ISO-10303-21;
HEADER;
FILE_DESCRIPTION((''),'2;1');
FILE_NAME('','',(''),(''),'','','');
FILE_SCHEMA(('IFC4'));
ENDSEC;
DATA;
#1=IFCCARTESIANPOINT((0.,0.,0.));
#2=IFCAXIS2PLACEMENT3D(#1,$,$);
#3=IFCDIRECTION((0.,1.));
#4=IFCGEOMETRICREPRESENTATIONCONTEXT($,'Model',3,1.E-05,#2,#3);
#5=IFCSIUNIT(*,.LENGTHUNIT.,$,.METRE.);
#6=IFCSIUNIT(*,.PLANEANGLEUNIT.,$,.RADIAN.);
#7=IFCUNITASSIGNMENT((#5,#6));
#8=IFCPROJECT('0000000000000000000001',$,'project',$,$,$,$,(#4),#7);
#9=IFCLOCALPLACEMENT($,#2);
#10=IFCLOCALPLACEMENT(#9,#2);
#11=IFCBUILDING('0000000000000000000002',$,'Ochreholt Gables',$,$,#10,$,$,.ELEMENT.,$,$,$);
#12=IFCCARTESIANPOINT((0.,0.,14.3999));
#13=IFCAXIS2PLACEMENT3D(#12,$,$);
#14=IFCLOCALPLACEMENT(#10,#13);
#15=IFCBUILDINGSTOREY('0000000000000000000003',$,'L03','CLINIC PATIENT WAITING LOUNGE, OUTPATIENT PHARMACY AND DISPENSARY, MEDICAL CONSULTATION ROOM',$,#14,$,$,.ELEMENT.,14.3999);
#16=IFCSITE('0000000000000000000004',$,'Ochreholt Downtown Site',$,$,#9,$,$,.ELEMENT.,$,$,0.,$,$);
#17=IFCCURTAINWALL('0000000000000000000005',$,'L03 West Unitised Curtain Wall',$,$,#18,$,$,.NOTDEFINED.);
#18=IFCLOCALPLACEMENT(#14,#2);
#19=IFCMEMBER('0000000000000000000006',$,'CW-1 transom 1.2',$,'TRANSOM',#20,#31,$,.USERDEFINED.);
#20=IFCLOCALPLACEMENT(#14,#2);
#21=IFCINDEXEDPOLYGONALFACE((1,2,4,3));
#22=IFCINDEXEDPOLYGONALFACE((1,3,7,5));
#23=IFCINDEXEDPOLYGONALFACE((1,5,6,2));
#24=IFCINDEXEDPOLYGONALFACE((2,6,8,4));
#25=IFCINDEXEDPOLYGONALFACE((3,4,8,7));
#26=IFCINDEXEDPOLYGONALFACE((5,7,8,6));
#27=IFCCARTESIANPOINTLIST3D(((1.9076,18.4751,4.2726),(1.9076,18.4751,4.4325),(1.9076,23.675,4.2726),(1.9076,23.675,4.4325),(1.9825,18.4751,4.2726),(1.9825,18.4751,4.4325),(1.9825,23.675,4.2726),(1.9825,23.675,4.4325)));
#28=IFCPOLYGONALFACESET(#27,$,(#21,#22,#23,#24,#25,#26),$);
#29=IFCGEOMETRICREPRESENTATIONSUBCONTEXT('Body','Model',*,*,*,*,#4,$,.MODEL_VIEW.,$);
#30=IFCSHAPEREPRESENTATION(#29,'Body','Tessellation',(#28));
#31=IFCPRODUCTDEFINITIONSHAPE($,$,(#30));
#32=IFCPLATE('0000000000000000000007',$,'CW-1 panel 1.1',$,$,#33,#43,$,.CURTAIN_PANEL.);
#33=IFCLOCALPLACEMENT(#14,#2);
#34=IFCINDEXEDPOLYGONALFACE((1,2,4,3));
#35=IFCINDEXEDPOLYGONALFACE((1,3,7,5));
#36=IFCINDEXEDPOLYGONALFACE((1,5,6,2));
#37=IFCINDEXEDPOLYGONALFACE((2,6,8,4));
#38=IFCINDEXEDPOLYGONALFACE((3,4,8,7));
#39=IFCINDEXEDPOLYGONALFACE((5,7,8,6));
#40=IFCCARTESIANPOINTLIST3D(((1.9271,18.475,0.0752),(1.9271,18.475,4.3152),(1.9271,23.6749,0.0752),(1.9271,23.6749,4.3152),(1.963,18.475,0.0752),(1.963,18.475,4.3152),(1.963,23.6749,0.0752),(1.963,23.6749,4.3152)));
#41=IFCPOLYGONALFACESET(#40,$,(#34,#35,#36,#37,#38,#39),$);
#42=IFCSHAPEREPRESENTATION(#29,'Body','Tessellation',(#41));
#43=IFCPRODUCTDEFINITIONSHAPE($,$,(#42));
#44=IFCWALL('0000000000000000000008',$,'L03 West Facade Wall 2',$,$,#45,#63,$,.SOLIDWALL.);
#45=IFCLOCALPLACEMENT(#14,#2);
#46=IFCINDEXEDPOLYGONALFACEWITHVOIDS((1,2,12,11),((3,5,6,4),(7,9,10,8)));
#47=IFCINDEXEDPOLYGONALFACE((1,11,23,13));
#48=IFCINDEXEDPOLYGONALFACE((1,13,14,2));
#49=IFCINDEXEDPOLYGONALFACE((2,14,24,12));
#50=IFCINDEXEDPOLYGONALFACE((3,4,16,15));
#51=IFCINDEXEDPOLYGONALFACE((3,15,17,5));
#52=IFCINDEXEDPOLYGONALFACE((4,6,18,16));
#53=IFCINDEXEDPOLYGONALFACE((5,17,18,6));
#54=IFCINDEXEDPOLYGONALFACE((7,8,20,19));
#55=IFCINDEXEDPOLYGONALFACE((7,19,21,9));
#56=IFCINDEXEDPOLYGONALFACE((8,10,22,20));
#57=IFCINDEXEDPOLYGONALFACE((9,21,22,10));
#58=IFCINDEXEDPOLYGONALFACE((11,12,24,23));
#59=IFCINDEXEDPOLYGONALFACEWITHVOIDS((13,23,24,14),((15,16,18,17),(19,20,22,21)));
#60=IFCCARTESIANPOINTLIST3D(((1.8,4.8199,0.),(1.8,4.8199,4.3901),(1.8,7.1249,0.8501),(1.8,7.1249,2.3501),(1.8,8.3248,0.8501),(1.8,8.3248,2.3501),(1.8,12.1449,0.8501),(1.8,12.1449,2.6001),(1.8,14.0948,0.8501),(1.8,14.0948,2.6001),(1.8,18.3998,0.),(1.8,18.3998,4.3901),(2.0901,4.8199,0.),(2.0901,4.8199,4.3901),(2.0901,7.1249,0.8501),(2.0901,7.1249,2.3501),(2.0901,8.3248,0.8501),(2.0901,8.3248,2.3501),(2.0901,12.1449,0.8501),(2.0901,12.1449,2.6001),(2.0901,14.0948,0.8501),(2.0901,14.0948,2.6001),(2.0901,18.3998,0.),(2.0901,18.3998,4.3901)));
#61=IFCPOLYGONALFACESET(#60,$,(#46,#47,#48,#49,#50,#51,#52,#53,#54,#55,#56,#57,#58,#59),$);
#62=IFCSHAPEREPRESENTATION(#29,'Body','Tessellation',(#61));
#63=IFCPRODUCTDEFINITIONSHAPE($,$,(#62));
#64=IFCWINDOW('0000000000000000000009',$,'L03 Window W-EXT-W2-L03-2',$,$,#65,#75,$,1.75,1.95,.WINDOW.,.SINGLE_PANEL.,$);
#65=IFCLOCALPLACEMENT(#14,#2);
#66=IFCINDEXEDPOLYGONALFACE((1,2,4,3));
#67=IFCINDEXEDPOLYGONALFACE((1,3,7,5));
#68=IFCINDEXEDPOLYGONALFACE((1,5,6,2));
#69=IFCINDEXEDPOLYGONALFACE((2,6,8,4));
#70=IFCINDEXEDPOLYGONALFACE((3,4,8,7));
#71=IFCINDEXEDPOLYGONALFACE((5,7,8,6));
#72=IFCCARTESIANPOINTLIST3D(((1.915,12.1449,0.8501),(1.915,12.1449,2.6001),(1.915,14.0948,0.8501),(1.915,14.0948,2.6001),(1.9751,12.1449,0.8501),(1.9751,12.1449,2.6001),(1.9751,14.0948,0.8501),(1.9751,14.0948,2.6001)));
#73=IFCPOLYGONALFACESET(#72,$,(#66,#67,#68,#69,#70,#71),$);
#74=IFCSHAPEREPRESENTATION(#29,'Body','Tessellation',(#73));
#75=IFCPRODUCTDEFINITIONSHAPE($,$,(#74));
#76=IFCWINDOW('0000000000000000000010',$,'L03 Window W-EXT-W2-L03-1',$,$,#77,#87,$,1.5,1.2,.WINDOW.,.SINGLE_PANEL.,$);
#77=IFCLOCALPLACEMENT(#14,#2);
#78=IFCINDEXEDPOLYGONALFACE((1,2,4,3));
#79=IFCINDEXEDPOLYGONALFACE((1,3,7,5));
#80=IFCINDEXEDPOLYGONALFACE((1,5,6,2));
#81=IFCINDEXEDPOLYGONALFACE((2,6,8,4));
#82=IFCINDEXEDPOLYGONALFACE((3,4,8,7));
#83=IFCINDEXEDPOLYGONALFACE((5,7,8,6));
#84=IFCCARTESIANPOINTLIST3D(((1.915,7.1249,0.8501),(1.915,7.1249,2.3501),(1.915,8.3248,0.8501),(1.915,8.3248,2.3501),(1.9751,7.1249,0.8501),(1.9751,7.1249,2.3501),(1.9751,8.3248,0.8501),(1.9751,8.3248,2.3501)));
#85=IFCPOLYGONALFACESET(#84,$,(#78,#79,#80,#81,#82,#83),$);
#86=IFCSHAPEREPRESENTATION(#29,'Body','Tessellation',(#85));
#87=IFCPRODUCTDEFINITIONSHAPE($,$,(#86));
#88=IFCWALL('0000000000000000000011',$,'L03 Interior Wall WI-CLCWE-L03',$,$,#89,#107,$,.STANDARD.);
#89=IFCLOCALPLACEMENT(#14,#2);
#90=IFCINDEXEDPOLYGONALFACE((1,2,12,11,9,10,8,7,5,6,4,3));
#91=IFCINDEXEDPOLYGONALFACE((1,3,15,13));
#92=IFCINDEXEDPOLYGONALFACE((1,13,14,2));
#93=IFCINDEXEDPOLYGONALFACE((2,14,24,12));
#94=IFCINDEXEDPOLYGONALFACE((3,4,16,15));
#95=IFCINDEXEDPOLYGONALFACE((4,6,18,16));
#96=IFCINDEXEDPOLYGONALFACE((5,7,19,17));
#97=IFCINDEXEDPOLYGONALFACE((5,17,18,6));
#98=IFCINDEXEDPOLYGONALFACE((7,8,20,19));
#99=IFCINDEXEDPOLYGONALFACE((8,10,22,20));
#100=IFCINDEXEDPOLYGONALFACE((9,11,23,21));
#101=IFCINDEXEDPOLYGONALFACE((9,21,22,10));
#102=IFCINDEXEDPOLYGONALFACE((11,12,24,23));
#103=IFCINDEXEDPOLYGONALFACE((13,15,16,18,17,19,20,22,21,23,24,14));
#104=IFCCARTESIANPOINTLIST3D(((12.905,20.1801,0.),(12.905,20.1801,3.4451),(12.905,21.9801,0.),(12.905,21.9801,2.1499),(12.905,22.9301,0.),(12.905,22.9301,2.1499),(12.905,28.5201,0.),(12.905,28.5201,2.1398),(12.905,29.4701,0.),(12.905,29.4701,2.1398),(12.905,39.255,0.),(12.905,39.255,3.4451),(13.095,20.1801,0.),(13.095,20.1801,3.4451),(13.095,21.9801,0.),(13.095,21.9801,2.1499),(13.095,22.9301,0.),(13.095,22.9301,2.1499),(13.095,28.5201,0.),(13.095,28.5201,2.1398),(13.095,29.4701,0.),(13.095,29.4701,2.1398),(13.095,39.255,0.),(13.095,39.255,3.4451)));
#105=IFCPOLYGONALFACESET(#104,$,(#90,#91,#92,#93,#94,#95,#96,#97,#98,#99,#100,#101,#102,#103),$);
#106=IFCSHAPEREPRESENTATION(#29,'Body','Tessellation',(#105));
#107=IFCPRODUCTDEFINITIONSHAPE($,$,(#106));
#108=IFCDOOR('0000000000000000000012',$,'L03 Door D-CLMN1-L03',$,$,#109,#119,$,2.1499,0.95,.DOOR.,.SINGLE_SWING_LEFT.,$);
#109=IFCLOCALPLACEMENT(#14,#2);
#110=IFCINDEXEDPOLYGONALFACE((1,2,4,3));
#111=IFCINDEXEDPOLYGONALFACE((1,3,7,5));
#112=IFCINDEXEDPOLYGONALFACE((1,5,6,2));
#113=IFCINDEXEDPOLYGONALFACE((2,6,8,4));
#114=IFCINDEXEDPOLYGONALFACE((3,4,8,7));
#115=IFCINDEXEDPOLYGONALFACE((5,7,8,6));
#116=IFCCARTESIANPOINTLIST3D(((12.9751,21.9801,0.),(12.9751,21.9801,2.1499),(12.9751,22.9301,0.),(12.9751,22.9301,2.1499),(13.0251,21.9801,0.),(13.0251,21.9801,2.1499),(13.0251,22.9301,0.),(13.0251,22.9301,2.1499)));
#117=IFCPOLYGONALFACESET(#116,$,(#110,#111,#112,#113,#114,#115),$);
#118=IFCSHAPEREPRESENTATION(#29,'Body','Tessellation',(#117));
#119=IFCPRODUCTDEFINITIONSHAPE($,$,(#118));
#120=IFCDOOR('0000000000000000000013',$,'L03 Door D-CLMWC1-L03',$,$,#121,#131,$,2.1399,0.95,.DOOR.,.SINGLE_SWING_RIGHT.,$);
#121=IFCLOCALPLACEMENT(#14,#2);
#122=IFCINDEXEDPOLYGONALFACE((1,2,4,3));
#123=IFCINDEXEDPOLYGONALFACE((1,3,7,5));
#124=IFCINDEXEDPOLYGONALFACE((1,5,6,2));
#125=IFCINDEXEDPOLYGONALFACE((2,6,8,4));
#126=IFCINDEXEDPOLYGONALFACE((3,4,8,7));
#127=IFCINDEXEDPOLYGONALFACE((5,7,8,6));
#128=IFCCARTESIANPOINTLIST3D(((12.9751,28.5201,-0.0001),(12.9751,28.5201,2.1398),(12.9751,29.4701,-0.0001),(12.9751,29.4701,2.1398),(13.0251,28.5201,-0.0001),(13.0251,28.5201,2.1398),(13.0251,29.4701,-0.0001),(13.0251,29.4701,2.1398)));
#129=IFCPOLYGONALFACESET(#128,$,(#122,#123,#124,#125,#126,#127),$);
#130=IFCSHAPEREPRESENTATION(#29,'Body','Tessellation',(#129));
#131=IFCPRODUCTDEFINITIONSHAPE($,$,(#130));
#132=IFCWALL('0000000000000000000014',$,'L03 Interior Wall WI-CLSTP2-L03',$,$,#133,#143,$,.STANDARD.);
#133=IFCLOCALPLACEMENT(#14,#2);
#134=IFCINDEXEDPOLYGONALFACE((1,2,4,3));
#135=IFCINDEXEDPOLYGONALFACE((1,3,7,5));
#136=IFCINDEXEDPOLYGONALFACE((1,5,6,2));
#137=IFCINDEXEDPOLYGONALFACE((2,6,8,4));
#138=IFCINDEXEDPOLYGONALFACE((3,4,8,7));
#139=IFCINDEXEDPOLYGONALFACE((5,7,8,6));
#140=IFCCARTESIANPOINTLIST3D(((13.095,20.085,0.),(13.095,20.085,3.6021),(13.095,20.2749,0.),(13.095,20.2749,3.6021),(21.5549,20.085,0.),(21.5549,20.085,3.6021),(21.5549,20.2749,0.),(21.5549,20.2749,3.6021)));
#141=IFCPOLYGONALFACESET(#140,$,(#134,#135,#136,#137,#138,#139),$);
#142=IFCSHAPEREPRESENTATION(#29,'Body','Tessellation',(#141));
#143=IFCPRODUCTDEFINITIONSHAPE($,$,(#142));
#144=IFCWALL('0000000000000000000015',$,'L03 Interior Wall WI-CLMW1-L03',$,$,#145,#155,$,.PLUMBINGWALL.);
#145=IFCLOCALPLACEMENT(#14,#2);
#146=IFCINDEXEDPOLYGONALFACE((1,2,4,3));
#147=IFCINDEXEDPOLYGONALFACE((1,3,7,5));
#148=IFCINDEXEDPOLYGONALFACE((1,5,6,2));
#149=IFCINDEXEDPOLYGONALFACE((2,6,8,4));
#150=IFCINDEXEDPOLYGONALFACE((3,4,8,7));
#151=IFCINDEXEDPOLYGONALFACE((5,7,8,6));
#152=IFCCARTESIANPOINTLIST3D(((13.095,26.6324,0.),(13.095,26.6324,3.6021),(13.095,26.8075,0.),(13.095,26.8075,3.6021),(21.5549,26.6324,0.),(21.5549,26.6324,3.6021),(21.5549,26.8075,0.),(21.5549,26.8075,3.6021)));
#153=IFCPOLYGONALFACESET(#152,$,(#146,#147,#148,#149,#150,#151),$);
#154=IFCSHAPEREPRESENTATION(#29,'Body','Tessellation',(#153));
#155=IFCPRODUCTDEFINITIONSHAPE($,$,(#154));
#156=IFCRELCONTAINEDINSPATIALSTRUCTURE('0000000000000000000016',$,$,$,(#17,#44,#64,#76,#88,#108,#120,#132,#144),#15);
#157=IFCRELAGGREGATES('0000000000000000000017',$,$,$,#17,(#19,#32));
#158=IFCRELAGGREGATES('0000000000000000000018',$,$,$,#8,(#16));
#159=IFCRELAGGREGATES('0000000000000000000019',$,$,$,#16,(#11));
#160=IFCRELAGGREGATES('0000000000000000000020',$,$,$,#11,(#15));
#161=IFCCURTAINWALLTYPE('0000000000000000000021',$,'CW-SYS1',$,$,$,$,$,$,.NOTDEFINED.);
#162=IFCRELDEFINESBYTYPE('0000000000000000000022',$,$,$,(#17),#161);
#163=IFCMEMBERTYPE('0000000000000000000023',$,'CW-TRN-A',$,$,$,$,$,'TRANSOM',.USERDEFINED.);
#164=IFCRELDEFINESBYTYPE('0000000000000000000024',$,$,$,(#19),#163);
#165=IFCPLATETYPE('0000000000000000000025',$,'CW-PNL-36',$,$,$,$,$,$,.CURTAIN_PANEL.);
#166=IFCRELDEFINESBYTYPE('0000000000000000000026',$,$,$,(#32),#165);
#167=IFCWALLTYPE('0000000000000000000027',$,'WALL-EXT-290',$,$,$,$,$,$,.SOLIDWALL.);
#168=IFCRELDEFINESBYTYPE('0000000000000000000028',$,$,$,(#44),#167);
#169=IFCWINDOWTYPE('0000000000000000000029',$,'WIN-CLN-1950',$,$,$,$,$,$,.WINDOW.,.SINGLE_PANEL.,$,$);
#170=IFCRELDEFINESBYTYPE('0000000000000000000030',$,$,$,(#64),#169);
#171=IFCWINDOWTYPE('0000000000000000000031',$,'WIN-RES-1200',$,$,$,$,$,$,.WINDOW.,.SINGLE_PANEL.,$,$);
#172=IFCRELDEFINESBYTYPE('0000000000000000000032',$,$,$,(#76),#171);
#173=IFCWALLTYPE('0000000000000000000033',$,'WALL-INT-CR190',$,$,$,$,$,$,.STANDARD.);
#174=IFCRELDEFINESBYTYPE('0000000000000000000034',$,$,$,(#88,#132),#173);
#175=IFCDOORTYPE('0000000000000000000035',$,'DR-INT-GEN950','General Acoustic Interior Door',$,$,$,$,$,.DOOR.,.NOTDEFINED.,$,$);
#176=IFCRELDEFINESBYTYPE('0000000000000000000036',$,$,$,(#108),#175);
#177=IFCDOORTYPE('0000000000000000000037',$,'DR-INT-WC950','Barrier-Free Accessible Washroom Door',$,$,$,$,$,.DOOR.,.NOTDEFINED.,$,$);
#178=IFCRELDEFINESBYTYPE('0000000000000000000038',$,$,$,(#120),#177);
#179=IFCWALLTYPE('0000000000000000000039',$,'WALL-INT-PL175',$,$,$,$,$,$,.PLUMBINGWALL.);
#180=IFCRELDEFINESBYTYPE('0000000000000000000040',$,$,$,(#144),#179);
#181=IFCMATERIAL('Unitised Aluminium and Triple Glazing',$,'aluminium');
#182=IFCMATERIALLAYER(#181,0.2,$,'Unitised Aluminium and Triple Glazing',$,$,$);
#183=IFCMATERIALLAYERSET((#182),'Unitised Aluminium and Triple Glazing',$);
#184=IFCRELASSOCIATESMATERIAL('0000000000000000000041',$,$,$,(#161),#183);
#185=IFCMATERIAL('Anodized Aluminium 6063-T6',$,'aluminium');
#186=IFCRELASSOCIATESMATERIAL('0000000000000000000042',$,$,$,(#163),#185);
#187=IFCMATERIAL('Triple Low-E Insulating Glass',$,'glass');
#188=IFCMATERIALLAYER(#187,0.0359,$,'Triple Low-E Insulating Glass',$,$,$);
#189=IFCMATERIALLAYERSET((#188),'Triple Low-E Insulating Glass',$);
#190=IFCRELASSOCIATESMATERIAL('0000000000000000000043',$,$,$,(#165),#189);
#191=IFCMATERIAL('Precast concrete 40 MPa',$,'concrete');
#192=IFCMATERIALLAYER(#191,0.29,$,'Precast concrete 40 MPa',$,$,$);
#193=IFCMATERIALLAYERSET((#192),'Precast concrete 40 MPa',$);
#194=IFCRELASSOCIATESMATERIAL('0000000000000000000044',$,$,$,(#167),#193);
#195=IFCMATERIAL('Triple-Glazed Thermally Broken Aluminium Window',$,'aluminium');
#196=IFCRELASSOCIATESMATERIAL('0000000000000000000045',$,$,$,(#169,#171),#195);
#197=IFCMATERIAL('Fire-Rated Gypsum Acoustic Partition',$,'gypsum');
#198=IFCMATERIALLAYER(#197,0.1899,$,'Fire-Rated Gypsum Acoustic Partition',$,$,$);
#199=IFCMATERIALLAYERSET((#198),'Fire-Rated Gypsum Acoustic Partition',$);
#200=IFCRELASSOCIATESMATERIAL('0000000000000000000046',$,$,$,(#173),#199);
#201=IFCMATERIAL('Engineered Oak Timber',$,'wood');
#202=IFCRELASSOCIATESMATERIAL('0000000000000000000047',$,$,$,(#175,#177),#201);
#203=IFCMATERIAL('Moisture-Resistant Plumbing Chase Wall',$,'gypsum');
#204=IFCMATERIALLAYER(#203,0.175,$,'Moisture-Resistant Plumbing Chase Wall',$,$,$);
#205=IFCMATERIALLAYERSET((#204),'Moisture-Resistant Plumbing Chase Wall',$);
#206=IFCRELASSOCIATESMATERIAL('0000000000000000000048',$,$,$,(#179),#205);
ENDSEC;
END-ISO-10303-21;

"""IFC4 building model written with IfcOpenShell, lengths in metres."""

from ifc_helpers import new_model, si_unit, direction, frame, frame_2d, origin, origin_2d, place, context, subcontext, project, spatial, rectangle, extrude, material, layer, layer_set, material_profile, profile_set, type_object, element, fill, aggregate, save


model = new_model("IFC4")

# Units and contexts
model_context = context("Model", 3, precision=1e-05, world=origin(), true_north=direction((0.0, 1.0)))
body_context = subcontext(model_context, "Body", "Model", "MODEL_VIEW")
ifc_project = project(units=[si_unit("LENGTHUNIT", "METRE"), si_unit("PLANEANGLEUNIT", "RADIAN")], contexts=[model_context])

# Site, building, storey
site_placement = place(None, origin())
site = spatial("IfcSite", under=ifc_project, at=site_placement, Name="Ochreholt Downtown Site", CompositionType="ELEMENT", RefElevation=0.0)
building_placement = place(site_placement, origin())
building = spatial("IfcBuilding", under=site, at=building_placement, Name="Ochreholt Gables", CompositionType="ELEMENT")
storey_placement = place(building_placement, frame((0.0, 0.0, 14.3999)))
storey = spatial("IfcBuildingStorey", under=building, at=storey_placement, Name="L03", Description="CLINIC PATIENT WAITING LOUNGE, OUTPATIENT PHARMACY AND DISPENSARY, MEDICAL CONSULTATION ROOM", CompositionType="ELEMENT", Elevation=14.3999)

# Curtain wall, member, plate
ifc_material_1 = material(Name="Unitised Aluminium and Triple Glazing", Category="aluminium")
ifc_layer_1 = layer(ifc_material_1, 0.2, Name="Unitised Aluminium and Triple Glazing")
ifc_layer_set_1 = layer_set([ifc_layer_1], Name="Unitised Aluminium and Triple Glazing")
curtain_wall_type = type_object("IfcCurtainWallType", Name="CW-SYS1", PredefinedType="NOTDEFINED", material=ifc_layer_set_1)
curtain_wall_placement = place(storey_placement, origin())
curtain_wall = element("IfcCurtainWall", 1, at=curtain_wall_placement, inside=storey, type_object=curtain_wall_type, Name="L03 West Unitised Curtain Wall", PredefinedType="NOTDEFINED")
ifc_material_2 = material(Name="Anodized Aluminium 6063-T6", Category="aluminium")
ifc_material_profile_1 = material_profile(ifc_material_2, rectangle(XDim=0.075, YDim=0.1599, at=origin_2d()), Name="CWT75X160")
ifc_profile_set_1 = profile_set([ifc_material_profile_1], Name="Anodized Aluminium 6063-T6")
member_type_1 = type_object("IfcMemberType", Name="CW-TRN-A", ElementType="TRANSOM", PredefinedType="USERDEFINED", material=ifc_profile_set_1)
member_1_placement = place(storey_placement, frame((1.9451, 23.675, 4.3525), z_axis=(0.0, -1.0, 0.0), x_axis=(1.0, 0.0, 0.0)))
member_1 = element("IfcMember", 2, at=member_1_placement, type_object=member_type_1, Name="CW-1 transom 1.2", ObjectType="TRANSOM", PredefinedType="USERDEFINED", context=body_context, shape_type="SweptSolid", body=[
    extrude(rectangle(XDim=0.075, YDim=0.1599, at=origin_2d()), origin(), (0.0, 0.0, 1.0), 5.2),
])
ifc_material_3 = material(Name="Triple Low-E Insulating Glass", Category="glass")
ifc_layer_2 = layer(ifc_material_3, 0.0359, Name="Triple Low-E Insulating Glass")
ifc_layer_set_2 = layer_set([ifc_layer_2], Name="Triple Low-E Insulating Glass")
plate_type = type_object("IfcPlateType", Name="CW-PNL-36", PredefinedType="CURTAIN_PANEL", material=ifc_layer_set_2)
plate_placement = place(storey_placement, frame((1.9451, 21.075, 0.0752), z_axis=(0.0, 0.0, 1.0), x_axis=(0.0, -1.0, 0.0)))
plate = element("IfcPlate", 3, at=plate_placement, type_object=plate_type, Name="CW-1 panel 1.1", PredefinedType="CURTAIN_PANEL", context=body_context, shape_type="SweptSolid", body=[
    extrude(rectangle(XDim=5.2, YDim=0.0359, at=origin_2d()), origin(), (0.0, 0.0, 1.0), 4.24),
])
aggregate(curtain_wall, [member_1, plate])

# Wall, openings, windows
ifc_material_4 = material(Name="Precast concrete 40 MPa", Category="concrete")
ifc_layer_3 = layer(ifc_material_4, 0.29, Name="Precast concrete 40 MPa")
ifc_layer_set_3 = layer_set([ifc_layer_3], Name="Precast concrete 40 MPa")
wall_type_1 = type_object("IfcWallType", Name="WALL-EXT-290", PredefinedType="SOLIDWALL", material=ifc_layer_set_3)
wall_1_placement = place(storey_placement, frame((1.9451, 18.3999, 0.0), z_axis=(0.0, 0.0, 1.0), x_axis=(0.0, -1.0, 0.0)))
wall_1 = element("IfcWall", 4, at=wall_1_placement, inside=storey, type_object=wall_type_1, Name="L03 West Facade Wall 2", PredefinedType="SOLIDWALL", context=body_context, shape_type="SweptSolid", body=[
    extrude(rectangle(XDim=13.5798, YDim=0.29, at=frame_2d((6.79, 0.0))), origin(), (0.0, 0.0, 1.0), 4.3901),
])
opening_1_placement = place(wall_1_placement, frame((10.075, 0.0, 0.8501)))
opening_1 = element("IfcOpeningElement", 5, at=opening_1_placement, cuts=wall_1, PredefinedType="OPENING", context=body_context, shape_type="SweptSolid", body=[
    extrude(rectangle(XDim=1.2, YDim=1.5, at=frame_2d((0.6001, 0.75))), frame((0.0, 0.155, 0.0), z_axis=(0.0, -1.0, 0.0), x_axis=(1.0, 0.0, 0.0)), (0.0, 0.0, 1.0), 0.3101),
])
opening_2_placement = place(wall_1_placement, frame((4.3049, 0.0, 0.8501)))
opening_2 = element("IfcOpeningElement", 6, at=opening_2_placement, cuts=wall_1, PredefinedType="OPENING", context=body_context, shape_type="SweptSolid", body=[
    extrude(rectangle(XDim=1.95, YDim=1.75, at=frame_2d((0.9751, 0.875))), frame((0.0, 0.155, 0.0), z_axis=(0.0, -1.0, 0.0), x_axis=(1.0, 0.0, 0.0)), (0.0, 0.0, 1.0), 0.3101),
])
ifc_material_5 = material(Name="Triple-Glazed Thermally Broken Aluminium Window", Category="aluminium")
window_type_1 = type_object("IfcWindowType", Name="WIN-CLN-1950", PartitioningType="SINGLE_PANEL", PredefinedType="WINDOW", material=ifc_material_5)
window_1_placement = place(opening_2_placement, origin())
window_1 = element("IfcWindow", 7, at=window_1_placement, inside=storey, type_object=window_type_1, Name="L03 Window W-EXT-W2-L03-2", OverallHeight=1.75, OverallWidth=1.95, PartitioningType="SINGLE_PANEL", PredefinedType="WINDOW", context=body_context, shape_type="SweptSolid", body=[
    extrude(rectangle(XDim=1.95, YDim=1.75, at=frame_2d((0.9751, 0.875))), frame((0.0, 0.03, 0.0), z_axis=(0.0, -1.0, 0.0), x_axis=(1.0, 0.0, 0.0)), (0.0, 0.0, 1.0), 0.0601),
])
fill(opening_2, window_1)
window_type_2 = type_object("IfcWindowType", Name="WIN-RES-1200", PartitioningType="SINGLE_PANEL", PredefinedType="WINDOW", material=ifc_material_5)
window_2_placement = place(opening_1_placement, origin())
window_2 = element("IfcWindow", 8, at=window_2_placement, inside=storey, type_object=window_type_2, Name="L03 Window W-EXT-W2-L03-1", OverallHeight=1.5, OverallWidth=1.2, PartitioningType="SINGLE_PANEL", PredefinedType="WINDOW", context=body_context, shape_type="SweptSolid", body=[
    extrude(rectangle(XDim=1.2, YDim=1.5, at=frame_2d((0.6001, 0.75))), frame((0.0, 0.03, 0.0), z_axis=(0.0, -1.0, 0.0), x_axis=(1.0, 0.0, 0.0)), (0.0, 0.0, 1.0), 0.0601),
])
fill(opening_1, window_2)

# Wall, openings, doors
ifc_material_6 = material(Name="Fire-Rated Gypsum Acoustic Partition", Category="gypsum")
ifc_layer_4 = layer(ifc_material_6, 0.1899, Name="Fire-Rated Gypsum Acoustic Partition")
ifc_layer_set_4 = layer_set([ifc_layer_4], Name="Fire-Rated Gypsum Acoustic Partition")
wall_type_2 = type_object("IfcWallType", Name="WALL-INT-CR190", PredefinedType="STANDARD", material=ifc_layer_set_4)
wall_2_placement = place(storey_placement, frame((13.0, 20.1799, 0.0), z_axis=(0.0, 0.0, 1.0), x_axis=(0.0, 1.0, 0.0)))
wall_2 = element("IfcWall", 9, at=wall_2_placement, inside=storey, type_object=wall_type_2, Name="L03 Interior Wall WI-CLCWE-L03", PredefinedType="STANDARD", context=body_context, shape_type="SweptSolid", body=[
    extrude(rectangle(XDim=19.075, YDim=0.1899, at=frame_2d((9.5376, 0.0))), origin(), (0.0, 0.0, 1.0), 3.4451),
])
opening_3_placement = place(wall_2_placement, frame((1.8, 0.0, 0.0)))
opening_3 = element("IfcOpeningElement", 10, at=opening_3_placement, cuts=wall_2, PredefinedType="OPENING", context=body_context, shape_type="SweptSolid", body=[
    extrude(rectangle(XDim=0.95, YDim=2.1499, at=frame_2d((0.4751, 1.075))), frame((0.0, 0.105, 0.0), z_axis=(0.0, -1.0, 0.0), x_axis=(1.0, 0.0, 0.0)), (0.0, 0.0, 1.0), 0.21),
])
opening_4_placement = place(wall_2_placement, frame((8.3401, 0.0, 0.0)))
opening_4 = element("IfcOpeningElement", 11, at=opening_4_placement, cuts=wall_2, PredefinedType="OPENING", context=body_context, shape_type="SweptSolid", body=[
    extrude(rectangle(XDim=0.95, YDim=2.1399, at=frame_2d((0.4751, 1.0698))), frame((0.0, 0.105, 0.0), z_axis=(0.0, -1.0, 0.0), x_axis=(1.0, 0.0, 0.0)), (0.0, 0.0, 1.0), 0.21),
])
ifc_material_7 = material(Name="Engineered Oak Timber", Category="wood")
door_type_1 = type_object("IfcDoorType", Name="DR-INT-GEN950", Description="General Acoustic Interior Door", OperationType="NOTDEFINED", PredefinedType="DOOR", material=ifc_material_7)
door_1_placement = place(opening_3_placement, origin())
door_1 = element("IfcDoor", 12, at=door_1_placement, inside=storey, type_object=door_type_1, Name="L03 Door D-CLMN1-L03", OperationType="SINGLE_SWING_LEFT", OverallHeight=2.1499, OverallWidth=0.95, PredefinedType="DOOR", context=body_context, shape_type="SweptSolid", body=[
    extrude(rectangle(XDim=0.95, YDim=2.1499, at=frame_2d((0.4751, 1.075))), frame((0.0, 0.0249, 0.0), z_axis=(0.0, -1.0, 0.0), x_axis=(1.0, 0.0, 0.0)), (0.0, 0.0, 1.0), 0.05),
])
fill(opening_3, door_1)
door_type_2 = type_object("IfcDoorType", Name="DR-INT-WC950", Description="Barrier-Free Accessible Washroom Door", OperationType="NOTDEFINED", PredefinedType="DOOR", material=ifc_material_7)
door_2_placement = place(opening_4_placement, origin())
door_2 = element("IfcDoor", 13, at=door_2_placement, inside=storey, type_object=door_type_2, Name="L03 Door D-CLMWC1-L03", OperationType="SINGLE_SWING_RIGHT", OverallHeight=2.1399, OverallWidth=0.95, PredefinedType="DOOR", context=body_context, shape_type="SweptSolid", body=[
    extrude(rectangle(XDim=0.95, YDim=2.1399, at=frame_2d((0.4751, 1.0698))), frame((0.0, 0.0249, 0.0), z_axis=(0.0, -1.0, 0.0), x_axis=(1.0, 0.0, 0.0)), (0.0, 0.0, 1.0), 0.05),
])
fill(opening_4, door_2)

# Walls
wall_3_placement = place(storey_placement, frame((13.095, 20.1799, 0.0), z_axis=(0.0, 0.0, 1.0), x_axis=(1.0, 0.0, 0.0)))
element("IfcWall", 14, at=wall_3_placement, inside=storey, type_object=wall_type_2, Name="L03 Interior Wall WI-CLSTP2-L03", PredefinedType="STANDARD", context=body_context, shape_type="SweptSolid", body=[
    extrude(rectangle(XDim=8.46, YDim=0.1899, at=frame_2d((4.23, 0.0))), origin(), (0.0, 0.0, 1.0), 3.6021),
])
ifc_material_8 = material(Name="Moisture-Resistant Plumbing Chase Wall", Category="gypsum")
ifc_layer_5 = layer(ifc_material_8, 0.175, Name="Moisture-Resistant Plumbing Chase Wall")
ifc_layer_set_5 = layer_set([ifc_layer_5], Name="Moisture-Resistant Plumbing Chase Wall")
wall_type_3 = type_object("IfcWallType", Name="WALL-INT-PL175", PredefinedType="PLUMBINGWALL", material=ifc_layer_set_5)
wall_4_placement = place(storey_placement, frame((13.095, 26.72, 0.0), z_axis=(0.0, 0.0, 1.0), x_axis=(1.0, 0.0, 0.0)))
element("IfcWall", 15, at=wall_4_placement, inside=storey, type_object=wall_type_3, Name="L03 Interior Wall WI-CLMW1-L03", PredefinedType="PLUMBINGWALL", context=body_context, shape_type="SweptSolid", body=[
    extrude(rectangle(XDim=8.46, YDim=0.175, at=frame_2d((4.23, 0.0))), origin(), (0.0, 0.0, 1.0), 3.6021),
])

save(model, "model.ifc")
